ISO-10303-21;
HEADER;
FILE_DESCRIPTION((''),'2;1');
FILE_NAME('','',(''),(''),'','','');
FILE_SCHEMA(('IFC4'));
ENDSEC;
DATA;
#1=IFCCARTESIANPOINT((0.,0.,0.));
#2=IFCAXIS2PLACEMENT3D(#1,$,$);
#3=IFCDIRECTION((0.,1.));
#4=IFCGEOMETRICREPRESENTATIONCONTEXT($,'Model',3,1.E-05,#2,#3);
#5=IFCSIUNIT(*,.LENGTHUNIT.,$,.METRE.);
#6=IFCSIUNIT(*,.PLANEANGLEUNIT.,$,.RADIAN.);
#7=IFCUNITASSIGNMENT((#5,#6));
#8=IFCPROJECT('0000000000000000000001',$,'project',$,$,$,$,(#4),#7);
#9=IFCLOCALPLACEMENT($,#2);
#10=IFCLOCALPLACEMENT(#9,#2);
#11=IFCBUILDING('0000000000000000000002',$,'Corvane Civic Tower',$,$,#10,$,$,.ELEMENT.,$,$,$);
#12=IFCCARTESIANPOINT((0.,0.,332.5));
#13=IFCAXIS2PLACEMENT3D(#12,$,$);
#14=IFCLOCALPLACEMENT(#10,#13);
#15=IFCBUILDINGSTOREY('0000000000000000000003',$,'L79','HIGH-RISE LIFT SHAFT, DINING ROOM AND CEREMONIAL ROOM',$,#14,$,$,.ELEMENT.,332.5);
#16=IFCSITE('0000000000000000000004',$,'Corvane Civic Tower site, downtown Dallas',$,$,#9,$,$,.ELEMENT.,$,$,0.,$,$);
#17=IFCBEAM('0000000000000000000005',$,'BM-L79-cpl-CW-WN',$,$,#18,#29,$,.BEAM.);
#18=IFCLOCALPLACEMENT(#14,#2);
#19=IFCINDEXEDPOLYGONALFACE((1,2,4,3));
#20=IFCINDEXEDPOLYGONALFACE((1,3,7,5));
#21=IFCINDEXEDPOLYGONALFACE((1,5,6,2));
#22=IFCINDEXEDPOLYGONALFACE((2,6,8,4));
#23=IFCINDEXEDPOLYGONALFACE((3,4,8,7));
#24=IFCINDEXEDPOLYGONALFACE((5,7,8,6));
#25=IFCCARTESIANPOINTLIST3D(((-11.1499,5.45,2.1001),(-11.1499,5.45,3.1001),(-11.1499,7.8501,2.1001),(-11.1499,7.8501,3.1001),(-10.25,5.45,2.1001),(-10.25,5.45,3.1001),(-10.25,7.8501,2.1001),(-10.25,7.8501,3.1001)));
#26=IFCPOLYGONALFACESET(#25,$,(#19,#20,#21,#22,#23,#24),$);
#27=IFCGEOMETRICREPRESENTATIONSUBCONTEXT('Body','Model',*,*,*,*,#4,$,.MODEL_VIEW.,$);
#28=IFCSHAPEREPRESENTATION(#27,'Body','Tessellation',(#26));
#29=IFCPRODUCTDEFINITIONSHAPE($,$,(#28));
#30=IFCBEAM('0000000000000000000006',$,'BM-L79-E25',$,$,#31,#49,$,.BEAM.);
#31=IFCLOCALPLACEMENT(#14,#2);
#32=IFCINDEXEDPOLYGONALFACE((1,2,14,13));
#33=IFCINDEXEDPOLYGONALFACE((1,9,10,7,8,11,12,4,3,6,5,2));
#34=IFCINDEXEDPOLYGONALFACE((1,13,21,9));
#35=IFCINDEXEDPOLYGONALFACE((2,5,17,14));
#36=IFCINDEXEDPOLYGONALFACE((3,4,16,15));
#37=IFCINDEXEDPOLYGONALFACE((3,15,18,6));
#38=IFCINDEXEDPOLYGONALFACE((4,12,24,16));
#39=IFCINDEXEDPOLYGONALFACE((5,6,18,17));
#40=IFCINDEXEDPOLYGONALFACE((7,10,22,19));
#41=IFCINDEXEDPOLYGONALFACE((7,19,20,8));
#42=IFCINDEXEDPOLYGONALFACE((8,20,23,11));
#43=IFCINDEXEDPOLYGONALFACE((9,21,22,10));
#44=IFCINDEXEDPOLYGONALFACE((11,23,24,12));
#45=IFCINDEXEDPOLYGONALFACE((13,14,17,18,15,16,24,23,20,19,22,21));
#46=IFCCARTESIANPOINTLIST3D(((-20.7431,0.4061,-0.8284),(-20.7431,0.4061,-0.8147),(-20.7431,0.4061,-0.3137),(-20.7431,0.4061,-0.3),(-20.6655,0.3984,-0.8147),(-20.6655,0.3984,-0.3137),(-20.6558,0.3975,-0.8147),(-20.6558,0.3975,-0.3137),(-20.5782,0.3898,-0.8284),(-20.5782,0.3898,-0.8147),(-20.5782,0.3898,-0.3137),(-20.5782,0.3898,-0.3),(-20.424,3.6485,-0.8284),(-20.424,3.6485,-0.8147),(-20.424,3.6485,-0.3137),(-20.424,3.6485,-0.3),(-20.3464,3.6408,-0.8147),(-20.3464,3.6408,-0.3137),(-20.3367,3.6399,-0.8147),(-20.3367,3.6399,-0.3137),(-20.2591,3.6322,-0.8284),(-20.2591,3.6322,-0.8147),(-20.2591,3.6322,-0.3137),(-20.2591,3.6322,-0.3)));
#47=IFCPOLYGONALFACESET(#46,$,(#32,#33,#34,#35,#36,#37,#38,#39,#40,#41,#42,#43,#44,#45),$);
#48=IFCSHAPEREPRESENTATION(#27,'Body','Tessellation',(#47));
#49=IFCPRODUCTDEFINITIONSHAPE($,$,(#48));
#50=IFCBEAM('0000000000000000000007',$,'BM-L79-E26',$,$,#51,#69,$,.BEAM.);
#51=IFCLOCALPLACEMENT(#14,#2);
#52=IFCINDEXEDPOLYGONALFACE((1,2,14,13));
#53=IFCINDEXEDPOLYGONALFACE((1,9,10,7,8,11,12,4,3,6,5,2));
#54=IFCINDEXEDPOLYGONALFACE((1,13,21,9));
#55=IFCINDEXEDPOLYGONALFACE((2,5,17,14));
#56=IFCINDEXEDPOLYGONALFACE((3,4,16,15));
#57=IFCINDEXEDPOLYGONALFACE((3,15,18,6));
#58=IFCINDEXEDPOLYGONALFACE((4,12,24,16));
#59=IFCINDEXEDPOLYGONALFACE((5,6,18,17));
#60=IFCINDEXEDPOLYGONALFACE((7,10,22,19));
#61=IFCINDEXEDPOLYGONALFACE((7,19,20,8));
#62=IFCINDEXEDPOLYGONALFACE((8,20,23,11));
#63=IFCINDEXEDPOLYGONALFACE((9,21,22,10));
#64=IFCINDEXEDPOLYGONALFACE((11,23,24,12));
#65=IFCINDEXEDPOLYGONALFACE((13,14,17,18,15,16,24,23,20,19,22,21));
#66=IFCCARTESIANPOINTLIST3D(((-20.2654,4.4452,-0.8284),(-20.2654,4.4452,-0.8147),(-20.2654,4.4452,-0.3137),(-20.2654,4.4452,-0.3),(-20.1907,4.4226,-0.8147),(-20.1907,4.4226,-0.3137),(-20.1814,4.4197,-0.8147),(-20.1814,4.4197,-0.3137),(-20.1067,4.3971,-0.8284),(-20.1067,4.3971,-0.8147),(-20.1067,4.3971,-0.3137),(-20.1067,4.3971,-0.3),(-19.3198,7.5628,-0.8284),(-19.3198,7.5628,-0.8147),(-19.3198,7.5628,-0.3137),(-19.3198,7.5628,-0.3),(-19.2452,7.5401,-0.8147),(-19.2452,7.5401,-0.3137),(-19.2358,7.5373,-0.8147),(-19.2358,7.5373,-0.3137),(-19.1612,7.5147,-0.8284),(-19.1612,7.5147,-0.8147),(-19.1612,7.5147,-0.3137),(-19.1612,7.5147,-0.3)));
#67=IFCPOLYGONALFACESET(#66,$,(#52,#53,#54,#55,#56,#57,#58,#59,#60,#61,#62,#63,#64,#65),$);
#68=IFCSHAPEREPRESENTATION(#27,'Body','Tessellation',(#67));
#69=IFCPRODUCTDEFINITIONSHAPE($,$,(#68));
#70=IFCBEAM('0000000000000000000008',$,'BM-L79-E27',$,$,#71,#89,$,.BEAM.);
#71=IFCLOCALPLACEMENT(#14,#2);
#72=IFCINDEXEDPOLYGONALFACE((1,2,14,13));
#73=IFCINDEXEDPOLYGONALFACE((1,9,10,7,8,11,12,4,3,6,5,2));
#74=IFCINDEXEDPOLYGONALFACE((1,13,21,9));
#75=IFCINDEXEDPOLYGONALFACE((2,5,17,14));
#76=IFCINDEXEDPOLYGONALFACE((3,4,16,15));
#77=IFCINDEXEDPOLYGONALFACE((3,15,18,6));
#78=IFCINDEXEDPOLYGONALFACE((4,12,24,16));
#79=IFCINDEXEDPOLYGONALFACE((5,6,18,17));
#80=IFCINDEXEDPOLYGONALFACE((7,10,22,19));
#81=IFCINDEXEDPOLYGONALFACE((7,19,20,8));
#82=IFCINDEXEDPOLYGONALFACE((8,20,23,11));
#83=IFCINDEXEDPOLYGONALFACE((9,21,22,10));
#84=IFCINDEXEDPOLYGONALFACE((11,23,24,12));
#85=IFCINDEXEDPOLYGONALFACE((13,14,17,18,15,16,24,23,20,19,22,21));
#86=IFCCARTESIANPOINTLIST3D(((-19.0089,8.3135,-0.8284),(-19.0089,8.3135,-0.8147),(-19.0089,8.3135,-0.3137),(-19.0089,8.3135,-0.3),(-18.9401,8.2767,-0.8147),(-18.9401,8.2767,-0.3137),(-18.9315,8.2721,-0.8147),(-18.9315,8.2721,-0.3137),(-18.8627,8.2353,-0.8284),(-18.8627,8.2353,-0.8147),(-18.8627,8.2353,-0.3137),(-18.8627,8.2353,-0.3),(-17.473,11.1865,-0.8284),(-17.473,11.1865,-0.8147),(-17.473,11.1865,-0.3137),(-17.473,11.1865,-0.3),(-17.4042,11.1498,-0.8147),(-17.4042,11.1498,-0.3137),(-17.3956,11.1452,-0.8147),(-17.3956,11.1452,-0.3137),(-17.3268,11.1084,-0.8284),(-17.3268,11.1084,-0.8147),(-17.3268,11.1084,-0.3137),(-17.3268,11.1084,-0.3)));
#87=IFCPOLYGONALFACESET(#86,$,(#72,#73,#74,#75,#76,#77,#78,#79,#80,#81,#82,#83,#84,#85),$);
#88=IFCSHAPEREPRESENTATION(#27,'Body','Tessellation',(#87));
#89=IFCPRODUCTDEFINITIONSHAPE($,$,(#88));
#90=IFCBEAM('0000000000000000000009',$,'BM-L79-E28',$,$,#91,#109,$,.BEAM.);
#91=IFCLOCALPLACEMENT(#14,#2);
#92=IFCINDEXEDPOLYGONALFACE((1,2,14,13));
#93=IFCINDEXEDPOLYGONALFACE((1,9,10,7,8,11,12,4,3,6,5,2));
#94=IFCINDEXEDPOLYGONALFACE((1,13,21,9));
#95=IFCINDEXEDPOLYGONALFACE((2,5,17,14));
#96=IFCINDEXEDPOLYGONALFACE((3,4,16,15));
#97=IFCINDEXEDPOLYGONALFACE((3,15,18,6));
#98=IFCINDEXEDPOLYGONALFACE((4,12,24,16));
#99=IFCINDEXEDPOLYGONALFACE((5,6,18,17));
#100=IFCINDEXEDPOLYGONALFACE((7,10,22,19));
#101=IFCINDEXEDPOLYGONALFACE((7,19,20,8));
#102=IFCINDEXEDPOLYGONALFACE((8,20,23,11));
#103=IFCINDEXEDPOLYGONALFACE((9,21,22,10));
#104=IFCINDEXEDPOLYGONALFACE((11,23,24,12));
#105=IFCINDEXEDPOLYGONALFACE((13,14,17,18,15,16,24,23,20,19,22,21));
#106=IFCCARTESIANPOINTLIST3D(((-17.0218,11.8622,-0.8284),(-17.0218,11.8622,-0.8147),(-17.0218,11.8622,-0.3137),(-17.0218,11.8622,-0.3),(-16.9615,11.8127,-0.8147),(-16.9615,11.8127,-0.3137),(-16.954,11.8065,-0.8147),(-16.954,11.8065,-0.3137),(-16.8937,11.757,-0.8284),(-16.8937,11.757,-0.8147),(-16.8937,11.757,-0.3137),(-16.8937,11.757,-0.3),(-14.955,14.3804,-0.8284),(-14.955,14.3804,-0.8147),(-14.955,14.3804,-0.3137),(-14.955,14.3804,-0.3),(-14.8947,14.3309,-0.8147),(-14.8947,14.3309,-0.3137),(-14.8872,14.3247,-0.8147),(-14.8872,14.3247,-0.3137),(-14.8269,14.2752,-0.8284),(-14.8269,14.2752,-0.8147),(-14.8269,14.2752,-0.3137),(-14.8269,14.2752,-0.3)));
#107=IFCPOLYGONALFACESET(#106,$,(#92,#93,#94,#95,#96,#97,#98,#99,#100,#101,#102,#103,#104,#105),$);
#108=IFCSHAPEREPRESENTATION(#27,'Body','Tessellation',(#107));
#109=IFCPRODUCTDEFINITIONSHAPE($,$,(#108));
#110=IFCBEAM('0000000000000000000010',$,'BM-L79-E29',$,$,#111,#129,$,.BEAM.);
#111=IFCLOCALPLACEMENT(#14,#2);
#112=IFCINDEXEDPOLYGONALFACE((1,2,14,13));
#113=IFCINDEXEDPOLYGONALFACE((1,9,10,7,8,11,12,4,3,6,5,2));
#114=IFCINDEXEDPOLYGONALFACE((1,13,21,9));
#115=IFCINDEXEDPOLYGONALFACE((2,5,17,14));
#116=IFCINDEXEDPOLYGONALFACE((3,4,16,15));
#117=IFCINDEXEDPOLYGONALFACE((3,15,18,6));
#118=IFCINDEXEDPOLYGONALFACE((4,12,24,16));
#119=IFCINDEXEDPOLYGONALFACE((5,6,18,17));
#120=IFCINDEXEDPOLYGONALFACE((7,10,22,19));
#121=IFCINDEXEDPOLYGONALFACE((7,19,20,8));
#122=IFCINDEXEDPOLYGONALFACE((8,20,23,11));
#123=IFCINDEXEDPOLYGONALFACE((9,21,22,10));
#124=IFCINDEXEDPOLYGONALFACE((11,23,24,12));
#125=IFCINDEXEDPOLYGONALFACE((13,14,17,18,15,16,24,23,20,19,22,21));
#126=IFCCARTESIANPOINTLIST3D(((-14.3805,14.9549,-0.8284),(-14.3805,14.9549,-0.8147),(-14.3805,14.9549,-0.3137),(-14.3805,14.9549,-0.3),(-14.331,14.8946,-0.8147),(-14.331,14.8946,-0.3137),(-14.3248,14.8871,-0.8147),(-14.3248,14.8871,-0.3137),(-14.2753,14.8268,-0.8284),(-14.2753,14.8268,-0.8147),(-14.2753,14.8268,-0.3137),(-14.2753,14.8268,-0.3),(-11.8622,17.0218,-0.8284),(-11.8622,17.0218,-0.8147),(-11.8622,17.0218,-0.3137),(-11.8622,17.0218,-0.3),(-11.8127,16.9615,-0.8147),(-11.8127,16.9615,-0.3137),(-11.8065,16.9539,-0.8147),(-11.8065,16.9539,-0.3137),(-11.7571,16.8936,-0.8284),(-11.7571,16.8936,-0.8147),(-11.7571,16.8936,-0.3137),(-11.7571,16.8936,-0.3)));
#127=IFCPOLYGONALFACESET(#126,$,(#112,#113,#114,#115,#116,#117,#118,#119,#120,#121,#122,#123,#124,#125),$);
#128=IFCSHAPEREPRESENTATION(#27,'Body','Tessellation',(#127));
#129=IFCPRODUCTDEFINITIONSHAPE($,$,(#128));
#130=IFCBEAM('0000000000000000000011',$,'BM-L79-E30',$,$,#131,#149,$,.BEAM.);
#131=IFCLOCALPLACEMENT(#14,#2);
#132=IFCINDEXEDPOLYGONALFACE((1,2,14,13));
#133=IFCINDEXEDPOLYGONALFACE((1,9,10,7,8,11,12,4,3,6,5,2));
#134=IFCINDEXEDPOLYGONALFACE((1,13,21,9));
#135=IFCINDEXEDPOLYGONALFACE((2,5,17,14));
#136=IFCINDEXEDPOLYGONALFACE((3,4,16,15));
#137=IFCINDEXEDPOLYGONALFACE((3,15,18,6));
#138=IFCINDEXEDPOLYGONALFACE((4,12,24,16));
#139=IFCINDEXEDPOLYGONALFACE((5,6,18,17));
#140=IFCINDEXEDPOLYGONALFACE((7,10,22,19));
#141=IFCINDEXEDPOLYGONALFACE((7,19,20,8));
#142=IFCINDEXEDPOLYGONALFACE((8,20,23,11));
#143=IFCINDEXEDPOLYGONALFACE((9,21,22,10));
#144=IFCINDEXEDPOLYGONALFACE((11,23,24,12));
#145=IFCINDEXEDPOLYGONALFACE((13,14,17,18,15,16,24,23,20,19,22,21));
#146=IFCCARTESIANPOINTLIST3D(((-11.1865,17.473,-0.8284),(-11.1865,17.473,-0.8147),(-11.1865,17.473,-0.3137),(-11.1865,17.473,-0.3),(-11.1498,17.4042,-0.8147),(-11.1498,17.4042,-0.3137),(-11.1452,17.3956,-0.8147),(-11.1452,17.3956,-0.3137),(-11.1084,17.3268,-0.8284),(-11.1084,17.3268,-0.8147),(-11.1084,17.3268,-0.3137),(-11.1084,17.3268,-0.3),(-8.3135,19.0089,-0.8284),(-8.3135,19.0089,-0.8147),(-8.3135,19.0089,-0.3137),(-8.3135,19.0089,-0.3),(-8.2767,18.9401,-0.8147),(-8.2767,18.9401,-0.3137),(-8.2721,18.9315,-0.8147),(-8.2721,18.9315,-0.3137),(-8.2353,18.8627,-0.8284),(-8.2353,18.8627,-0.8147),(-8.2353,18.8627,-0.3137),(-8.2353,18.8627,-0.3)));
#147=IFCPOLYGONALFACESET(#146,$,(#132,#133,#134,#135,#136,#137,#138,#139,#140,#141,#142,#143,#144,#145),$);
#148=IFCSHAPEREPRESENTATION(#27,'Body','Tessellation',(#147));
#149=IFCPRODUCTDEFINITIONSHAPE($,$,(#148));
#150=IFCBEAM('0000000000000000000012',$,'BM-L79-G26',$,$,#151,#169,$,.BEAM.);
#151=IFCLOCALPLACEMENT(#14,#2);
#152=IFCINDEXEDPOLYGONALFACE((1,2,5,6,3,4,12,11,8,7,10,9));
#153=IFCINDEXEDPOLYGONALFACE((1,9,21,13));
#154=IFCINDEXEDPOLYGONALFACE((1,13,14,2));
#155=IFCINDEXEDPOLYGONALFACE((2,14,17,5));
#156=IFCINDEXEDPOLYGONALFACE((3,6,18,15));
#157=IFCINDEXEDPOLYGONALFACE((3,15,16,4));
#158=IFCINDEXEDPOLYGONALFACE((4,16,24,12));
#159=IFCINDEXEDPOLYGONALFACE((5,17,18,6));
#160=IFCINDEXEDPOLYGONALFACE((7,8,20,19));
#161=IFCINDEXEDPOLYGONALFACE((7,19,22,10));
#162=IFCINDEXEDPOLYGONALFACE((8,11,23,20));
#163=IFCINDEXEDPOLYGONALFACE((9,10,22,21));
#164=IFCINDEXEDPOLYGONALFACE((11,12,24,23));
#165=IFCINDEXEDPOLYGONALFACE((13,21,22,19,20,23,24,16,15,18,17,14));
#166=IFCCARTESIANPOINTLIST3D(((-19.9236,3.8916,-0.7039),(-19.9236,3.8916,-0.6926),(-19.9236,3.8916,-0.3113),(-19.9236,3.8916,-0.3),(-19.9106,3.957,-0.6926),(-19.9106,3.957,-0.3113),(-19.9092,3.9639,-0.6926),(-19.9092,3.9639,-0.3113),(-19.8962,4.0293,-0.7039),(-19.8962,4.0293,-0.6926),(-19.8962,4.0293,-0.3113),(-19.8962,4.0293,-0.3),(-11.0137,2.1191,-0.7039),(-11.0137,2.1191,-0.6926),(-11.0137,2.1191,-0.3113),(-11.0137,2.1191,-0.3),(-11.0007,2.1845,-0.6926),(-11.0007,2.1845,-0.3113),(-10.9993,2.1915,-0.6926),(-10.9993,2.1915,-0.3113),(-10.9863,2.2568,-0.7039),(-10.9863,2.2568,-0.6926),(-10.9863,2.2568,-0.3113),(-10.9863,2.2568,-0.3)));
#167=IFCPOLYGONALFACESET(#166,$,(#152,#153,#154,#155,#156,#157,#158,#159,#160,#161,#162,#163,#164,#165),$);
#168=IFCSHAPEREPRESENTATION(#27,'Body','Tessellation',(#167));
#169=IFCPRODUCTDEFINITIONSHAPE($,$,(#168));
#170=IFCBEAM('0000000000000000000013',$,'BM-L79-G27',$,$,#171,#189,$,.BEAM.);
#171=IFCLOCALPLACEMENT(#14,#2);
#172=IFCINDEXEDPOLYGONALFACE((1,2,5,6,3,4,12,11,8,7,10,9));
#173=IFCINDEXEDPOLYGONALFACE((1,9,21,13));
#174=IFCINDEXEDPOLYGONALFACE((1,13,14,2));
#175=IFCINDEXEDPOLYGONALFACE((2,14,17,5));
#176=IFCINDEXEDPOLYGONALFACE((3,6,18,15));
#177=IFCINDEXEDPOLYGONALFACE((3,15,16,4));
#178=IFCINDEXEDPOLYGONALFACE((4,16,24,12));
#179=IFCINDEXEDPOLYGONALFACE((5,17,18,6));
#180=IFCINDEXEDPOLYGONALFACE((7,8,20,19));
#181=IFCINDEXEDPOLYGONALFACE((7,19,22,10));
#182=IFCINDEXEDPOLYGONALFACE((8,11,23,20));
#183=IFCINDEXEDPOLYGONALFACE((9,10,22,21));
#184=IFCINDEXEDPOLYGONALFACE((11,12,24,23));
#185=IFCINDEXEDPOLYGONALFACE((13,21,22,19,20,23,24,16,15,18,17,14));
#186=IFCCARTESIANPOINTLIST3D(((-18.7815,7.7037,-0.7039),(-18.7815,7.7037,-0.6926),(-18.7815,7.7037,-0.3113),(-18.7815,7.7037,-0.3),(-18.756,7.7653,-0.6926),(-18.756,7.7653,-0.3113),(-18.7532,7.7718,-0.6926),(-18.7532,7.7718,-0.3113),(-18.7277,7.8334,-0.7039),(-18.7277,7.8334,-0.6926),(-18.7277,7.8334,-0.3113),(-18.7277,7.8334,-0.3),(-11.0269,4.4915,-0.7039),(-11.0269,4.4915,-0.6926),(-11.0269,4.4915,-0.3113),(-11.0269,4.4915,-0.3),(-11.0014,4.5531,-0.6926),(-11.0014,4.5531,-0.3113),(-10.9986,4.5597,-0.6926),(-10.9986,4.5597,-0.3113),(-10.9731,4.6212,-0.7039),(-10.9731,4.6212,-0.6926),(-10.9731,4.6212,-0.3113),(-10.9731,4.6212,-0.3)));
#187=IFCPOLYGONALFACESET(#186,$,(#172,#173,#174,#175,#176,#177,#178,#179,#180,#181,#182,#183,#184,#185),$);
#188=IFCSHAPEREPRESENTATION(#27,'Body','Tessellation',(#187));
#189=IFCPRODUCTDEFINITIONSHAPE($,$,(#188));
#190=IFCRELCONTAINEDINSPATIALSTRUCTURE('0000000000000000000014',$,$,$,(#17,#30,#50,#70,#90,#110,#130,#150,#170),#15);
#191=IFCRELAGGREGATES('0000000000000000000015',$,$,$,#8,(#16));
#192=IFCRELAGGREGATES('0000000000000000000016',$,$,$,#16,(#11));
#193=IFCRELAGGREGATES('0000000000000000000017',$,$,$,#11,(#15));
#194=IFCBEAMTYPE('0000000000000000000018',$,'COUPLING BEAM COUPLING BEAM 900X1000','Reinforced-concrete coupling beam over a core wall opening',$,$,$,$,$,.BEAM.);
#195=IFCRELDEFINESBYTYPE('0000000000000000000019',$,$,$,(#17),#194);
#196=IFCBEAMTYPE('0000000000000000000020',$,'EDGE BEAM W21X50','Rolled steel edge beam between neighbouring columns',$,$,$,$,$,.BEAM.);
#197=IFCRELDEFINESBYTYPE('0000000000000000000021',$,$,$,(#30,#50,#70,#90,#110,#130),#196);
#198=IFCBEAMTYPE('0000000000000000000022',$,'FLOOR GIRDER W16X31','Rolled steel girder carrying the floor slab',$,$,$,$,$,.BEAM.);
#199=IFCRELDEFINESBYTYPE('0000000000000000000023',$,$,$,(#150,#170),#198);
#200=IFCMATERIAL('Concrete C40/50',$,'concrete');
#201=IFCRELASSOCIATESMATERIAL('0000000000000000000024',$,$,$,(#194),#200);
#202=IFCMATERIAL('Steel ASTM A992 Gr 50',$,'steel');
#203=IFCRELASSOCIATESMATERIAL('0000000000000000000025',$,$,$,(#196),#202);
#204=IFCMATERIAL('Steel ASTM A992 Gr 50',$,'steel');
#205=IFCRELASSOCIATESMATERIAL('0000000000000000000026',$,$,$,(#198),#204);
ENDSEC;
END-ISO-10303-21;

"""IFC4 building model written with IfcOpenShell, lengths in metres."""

from ifc_helpers import new_model, si_unit, direction, frame, origin, origin_2d, place, context, subcontext, project, spatial, rectangle, i_section, extrude, material, material_profile, profile_set, type_object, element, save


model = new_model("IFC4")

# Units and contexts
model_context = context("Model", 3, precision=1e-05, world=origin(), true_north=direction((0.0, 1.0)))
body_context = subcontext(model_context, "Body", "Model", "MODEL_VIEW")
ifc_project = project(units=[si_unit("LENGTHUNIT", "METRE"), si_unit("PLANEANGLEUNIT", "RADIAN")], contexts=[model_context])

# Site, building, storey
site_placement = place(None, origin())
site = spatial("IfcSite", under=ifc_project, at=site_placement, Name="Corvane Civic Tower site, downtown Dallas", CompositionType="ELEMENT", RefElevation=0.0)
building_placement = place(site_placement, origin())
building = spatial("IfcBuilding", under=site, at=building_placement, Name="Corvane Civic Tower", CompositionType="ELEMENT")
storey_placement = place(building_placement, frame((0.0, 0.0, 332.5)))
storey = spatial("IfcBuildingStorey", under=building, at=storey_placement, Name="L79", Description="HIGH-RISE LIFT SHAFT, DINING ROOM AND CEREMONIAL ROOM", CompositionType="ELEMENT", Elevation=332.5)

# Beams
ifc_material_1 = material(Name="Concrete C40/50", Category="concrete")
ifc_material_profile_1 = material_profile(ifc_material_1, rectangle(XDim=0.8999, YDim=1.0, at=origin_2d()), Name="COUPLING BEAM 900X1000")
ifc_profile_set_1 = profile_set([ifc_material_profile_1], Name="Concrete C40/50")
beam_type_1 = type_object("IfcBeamType", Name="COUPLING BEAM COUPLING BEAM 900X1000", Description="Reinforced-concrete coupling beam over a core wall opening", PredefinedType="BEAM", material=ifc_profile_set_1)
beam_1_placement = place(storey_placement, frame((-10.7, 5.45, 2.6001), z_axis=(0.0, 1.0, 0.0), x_axis=(-1.0, 0.0, 0.0)))
element("IfcBeam", 1, at=beam_1_placement, inside=storey, type_object=beam_type_1, Name="BM-L79-cpl-CW-WN", PredefinedType="BEAM", context=body_context, shape_type="SweptSolid", body=[
    extrude(rectangle(XDim=0.8999, YDim=1.0, at=origin_2d()), origin(), (0.0, 0.0, 1.0), 2.4001),
])
ifc_material_2 = material(Name="Steel ASTM A992 Gr 50", Category="steel")
ifc_material_profile_2 = material_profile(ifc_material_2, i_section(OverallWidth=0.1658, OverallDepth=0.5283, WebThickness=0.0098, FlangeThickness=0.0137, at=origin_2d()), Name="W21X50")
ifc_profile_set_2 = profile_set([ifc_material_profile_2], Name="Steel ASTM A992 Gr 50")
beam_type_2 = type_object("IfcBeamType", Name="EDGE BEAM W21X50", Description="Rolled steel edge beam between neighbouring columns", PredefinedType="BEAM", material=ifc_profile_set_2)
beam_2_placement = place(storey_placement, frame((-20.6606, 0.3979, -0.5642), z_axis=(0.097938, 0.995193, 0.0), x_axis=(-0.995193, 0.097938, 0.0)))
element("IfcBeam", 2, at=beam_2_placement, inside=storey, type_object=beam_type_2, Name="BM-L79-E25", PredefinedType="BEAM", context=body_context, shape_type="SweptSolid", body=[
    extrude(i_section(OverallWidth=0.1658, OverallDepth=0.5283, WebThickness=0.0098, FlangeThickness=0.0137, at=origin_2d()), origin(), (0.0, 0.0, 1.0), 3.2581),
])
for number, where, z_axis, x_axis, name in (
    (3, (-20.186, 4.4211, -0.5642), (0.290234, 0.956956, 0.0), (-0.956956, 0.290234, 0.0), "BM-L79-E26"),
    (4, (-18.9358, 8.2744, -0.5642), (0.471448, 0.881894, 0.0), (-0.881894, 0.471448, 0.0), "BM-L79-E27"),
    (5, (-16.9578, 11.8096, -0.5642), (0.634425, 0.772985, 0.0), (-0.772985, 0.634425, 0.0), "BM-L79-E28"),
    (6, (-14.3279, 14.8909, -0.5642), (0.772985, 0.634425, 0.0), (-0.634425, 0.772985, 0.0), "BM-L79-E29"),
    (7, (-11.1475, 17.3999, -0.5642), (0.881894, 0.471448, 0.0), (-0.471448, 0.881894, 0.0), "BM-L79-E30"),
):
    element("IfcBeam", number, at=place(storey_placement, frame(where, z_axis=z_axis, x_axis=x_axis)), inside=storey, type_object=beam_type_2, Name=name, PredefinedType="BEAM", context=body_context, shape_type="SweptSolid", body=[
        extrude(i_section(OverallWidth=0.1658, OverallDepth=0.5283, WebThickness=0.0098, FlangeThickness=0.0137, at=origin_2d()), origin(), (0.0, 0.0, 1.0), 3.2578),
    ])
ifc_material_3 = material(Name="Steel ASTM A992 Gr 50", Category="steel")
ifc_material_profile_3 = material_profile(ifc_material_3, i_section(OverallWidth=0.1404, OverallDepth=0.4038, WebThickness=0.0071, FlangeThickness=0.0112, at=origin_2d()), Name="W16X31")
ifc_profile_set_3 = profile_set([ifc_material_profile_3], Name="Steel ASTM A992 Gr 50")
beam_type_3 = type_object("IfcBeamType", Name="FLOOR GIRDER W16X31", Description="Rolled steel girder carrying the floor slab", PredefinedType="BEAM", material=ifc_profile_set_3)
beam_3_placement = place(storey_placement, frame((-11.0, 2.188, -0.502), z_axis=(-0.980782, 0.195108, 0.0), x_axis=(-0.195108, -0.980782, 0.0)))
element("IfcBeam", 8, at=beam_3_placement, inside=storey, type_object=beam_type_3, Name="BM-L79-G26", PredefinedType="BEAM", context=body_context, shape_type="SweptSolid", body=[
    extrude(i_section(OverallWidth=0.1404, OverallDepth=0.4038, WebThickness=0.0071, FlangeThickness=0.0112, at=origin_2d()), origin(), (0.0, 0.0, 1.0), 9.0845),
])
beam_4_placement = place(storey_placement, frame((-11.0, 4.5564, -0.502), z_axis=(-0.923876, 0.382692, 0.0), x_axis=(-0.382692, -0.923876, 0.0)))
element("IfcBeam", 9, at=beam_4_placement, inside=storey, type_object=beam_type_3, Name="BM-L79-G27", PredefinedType="BEAM", context=body_context, shape_type="SweptSolid", body=[
    extrude(i_section(OverallWidth=0.1404, OverallDepth=0.4038, WebThickness=0.0071, FlangeThickness=0.0112, at=origin_2d()), origin(), (0.0, 0.0, 1.0), 8.3936),
])

save(model, "model.ifc")
